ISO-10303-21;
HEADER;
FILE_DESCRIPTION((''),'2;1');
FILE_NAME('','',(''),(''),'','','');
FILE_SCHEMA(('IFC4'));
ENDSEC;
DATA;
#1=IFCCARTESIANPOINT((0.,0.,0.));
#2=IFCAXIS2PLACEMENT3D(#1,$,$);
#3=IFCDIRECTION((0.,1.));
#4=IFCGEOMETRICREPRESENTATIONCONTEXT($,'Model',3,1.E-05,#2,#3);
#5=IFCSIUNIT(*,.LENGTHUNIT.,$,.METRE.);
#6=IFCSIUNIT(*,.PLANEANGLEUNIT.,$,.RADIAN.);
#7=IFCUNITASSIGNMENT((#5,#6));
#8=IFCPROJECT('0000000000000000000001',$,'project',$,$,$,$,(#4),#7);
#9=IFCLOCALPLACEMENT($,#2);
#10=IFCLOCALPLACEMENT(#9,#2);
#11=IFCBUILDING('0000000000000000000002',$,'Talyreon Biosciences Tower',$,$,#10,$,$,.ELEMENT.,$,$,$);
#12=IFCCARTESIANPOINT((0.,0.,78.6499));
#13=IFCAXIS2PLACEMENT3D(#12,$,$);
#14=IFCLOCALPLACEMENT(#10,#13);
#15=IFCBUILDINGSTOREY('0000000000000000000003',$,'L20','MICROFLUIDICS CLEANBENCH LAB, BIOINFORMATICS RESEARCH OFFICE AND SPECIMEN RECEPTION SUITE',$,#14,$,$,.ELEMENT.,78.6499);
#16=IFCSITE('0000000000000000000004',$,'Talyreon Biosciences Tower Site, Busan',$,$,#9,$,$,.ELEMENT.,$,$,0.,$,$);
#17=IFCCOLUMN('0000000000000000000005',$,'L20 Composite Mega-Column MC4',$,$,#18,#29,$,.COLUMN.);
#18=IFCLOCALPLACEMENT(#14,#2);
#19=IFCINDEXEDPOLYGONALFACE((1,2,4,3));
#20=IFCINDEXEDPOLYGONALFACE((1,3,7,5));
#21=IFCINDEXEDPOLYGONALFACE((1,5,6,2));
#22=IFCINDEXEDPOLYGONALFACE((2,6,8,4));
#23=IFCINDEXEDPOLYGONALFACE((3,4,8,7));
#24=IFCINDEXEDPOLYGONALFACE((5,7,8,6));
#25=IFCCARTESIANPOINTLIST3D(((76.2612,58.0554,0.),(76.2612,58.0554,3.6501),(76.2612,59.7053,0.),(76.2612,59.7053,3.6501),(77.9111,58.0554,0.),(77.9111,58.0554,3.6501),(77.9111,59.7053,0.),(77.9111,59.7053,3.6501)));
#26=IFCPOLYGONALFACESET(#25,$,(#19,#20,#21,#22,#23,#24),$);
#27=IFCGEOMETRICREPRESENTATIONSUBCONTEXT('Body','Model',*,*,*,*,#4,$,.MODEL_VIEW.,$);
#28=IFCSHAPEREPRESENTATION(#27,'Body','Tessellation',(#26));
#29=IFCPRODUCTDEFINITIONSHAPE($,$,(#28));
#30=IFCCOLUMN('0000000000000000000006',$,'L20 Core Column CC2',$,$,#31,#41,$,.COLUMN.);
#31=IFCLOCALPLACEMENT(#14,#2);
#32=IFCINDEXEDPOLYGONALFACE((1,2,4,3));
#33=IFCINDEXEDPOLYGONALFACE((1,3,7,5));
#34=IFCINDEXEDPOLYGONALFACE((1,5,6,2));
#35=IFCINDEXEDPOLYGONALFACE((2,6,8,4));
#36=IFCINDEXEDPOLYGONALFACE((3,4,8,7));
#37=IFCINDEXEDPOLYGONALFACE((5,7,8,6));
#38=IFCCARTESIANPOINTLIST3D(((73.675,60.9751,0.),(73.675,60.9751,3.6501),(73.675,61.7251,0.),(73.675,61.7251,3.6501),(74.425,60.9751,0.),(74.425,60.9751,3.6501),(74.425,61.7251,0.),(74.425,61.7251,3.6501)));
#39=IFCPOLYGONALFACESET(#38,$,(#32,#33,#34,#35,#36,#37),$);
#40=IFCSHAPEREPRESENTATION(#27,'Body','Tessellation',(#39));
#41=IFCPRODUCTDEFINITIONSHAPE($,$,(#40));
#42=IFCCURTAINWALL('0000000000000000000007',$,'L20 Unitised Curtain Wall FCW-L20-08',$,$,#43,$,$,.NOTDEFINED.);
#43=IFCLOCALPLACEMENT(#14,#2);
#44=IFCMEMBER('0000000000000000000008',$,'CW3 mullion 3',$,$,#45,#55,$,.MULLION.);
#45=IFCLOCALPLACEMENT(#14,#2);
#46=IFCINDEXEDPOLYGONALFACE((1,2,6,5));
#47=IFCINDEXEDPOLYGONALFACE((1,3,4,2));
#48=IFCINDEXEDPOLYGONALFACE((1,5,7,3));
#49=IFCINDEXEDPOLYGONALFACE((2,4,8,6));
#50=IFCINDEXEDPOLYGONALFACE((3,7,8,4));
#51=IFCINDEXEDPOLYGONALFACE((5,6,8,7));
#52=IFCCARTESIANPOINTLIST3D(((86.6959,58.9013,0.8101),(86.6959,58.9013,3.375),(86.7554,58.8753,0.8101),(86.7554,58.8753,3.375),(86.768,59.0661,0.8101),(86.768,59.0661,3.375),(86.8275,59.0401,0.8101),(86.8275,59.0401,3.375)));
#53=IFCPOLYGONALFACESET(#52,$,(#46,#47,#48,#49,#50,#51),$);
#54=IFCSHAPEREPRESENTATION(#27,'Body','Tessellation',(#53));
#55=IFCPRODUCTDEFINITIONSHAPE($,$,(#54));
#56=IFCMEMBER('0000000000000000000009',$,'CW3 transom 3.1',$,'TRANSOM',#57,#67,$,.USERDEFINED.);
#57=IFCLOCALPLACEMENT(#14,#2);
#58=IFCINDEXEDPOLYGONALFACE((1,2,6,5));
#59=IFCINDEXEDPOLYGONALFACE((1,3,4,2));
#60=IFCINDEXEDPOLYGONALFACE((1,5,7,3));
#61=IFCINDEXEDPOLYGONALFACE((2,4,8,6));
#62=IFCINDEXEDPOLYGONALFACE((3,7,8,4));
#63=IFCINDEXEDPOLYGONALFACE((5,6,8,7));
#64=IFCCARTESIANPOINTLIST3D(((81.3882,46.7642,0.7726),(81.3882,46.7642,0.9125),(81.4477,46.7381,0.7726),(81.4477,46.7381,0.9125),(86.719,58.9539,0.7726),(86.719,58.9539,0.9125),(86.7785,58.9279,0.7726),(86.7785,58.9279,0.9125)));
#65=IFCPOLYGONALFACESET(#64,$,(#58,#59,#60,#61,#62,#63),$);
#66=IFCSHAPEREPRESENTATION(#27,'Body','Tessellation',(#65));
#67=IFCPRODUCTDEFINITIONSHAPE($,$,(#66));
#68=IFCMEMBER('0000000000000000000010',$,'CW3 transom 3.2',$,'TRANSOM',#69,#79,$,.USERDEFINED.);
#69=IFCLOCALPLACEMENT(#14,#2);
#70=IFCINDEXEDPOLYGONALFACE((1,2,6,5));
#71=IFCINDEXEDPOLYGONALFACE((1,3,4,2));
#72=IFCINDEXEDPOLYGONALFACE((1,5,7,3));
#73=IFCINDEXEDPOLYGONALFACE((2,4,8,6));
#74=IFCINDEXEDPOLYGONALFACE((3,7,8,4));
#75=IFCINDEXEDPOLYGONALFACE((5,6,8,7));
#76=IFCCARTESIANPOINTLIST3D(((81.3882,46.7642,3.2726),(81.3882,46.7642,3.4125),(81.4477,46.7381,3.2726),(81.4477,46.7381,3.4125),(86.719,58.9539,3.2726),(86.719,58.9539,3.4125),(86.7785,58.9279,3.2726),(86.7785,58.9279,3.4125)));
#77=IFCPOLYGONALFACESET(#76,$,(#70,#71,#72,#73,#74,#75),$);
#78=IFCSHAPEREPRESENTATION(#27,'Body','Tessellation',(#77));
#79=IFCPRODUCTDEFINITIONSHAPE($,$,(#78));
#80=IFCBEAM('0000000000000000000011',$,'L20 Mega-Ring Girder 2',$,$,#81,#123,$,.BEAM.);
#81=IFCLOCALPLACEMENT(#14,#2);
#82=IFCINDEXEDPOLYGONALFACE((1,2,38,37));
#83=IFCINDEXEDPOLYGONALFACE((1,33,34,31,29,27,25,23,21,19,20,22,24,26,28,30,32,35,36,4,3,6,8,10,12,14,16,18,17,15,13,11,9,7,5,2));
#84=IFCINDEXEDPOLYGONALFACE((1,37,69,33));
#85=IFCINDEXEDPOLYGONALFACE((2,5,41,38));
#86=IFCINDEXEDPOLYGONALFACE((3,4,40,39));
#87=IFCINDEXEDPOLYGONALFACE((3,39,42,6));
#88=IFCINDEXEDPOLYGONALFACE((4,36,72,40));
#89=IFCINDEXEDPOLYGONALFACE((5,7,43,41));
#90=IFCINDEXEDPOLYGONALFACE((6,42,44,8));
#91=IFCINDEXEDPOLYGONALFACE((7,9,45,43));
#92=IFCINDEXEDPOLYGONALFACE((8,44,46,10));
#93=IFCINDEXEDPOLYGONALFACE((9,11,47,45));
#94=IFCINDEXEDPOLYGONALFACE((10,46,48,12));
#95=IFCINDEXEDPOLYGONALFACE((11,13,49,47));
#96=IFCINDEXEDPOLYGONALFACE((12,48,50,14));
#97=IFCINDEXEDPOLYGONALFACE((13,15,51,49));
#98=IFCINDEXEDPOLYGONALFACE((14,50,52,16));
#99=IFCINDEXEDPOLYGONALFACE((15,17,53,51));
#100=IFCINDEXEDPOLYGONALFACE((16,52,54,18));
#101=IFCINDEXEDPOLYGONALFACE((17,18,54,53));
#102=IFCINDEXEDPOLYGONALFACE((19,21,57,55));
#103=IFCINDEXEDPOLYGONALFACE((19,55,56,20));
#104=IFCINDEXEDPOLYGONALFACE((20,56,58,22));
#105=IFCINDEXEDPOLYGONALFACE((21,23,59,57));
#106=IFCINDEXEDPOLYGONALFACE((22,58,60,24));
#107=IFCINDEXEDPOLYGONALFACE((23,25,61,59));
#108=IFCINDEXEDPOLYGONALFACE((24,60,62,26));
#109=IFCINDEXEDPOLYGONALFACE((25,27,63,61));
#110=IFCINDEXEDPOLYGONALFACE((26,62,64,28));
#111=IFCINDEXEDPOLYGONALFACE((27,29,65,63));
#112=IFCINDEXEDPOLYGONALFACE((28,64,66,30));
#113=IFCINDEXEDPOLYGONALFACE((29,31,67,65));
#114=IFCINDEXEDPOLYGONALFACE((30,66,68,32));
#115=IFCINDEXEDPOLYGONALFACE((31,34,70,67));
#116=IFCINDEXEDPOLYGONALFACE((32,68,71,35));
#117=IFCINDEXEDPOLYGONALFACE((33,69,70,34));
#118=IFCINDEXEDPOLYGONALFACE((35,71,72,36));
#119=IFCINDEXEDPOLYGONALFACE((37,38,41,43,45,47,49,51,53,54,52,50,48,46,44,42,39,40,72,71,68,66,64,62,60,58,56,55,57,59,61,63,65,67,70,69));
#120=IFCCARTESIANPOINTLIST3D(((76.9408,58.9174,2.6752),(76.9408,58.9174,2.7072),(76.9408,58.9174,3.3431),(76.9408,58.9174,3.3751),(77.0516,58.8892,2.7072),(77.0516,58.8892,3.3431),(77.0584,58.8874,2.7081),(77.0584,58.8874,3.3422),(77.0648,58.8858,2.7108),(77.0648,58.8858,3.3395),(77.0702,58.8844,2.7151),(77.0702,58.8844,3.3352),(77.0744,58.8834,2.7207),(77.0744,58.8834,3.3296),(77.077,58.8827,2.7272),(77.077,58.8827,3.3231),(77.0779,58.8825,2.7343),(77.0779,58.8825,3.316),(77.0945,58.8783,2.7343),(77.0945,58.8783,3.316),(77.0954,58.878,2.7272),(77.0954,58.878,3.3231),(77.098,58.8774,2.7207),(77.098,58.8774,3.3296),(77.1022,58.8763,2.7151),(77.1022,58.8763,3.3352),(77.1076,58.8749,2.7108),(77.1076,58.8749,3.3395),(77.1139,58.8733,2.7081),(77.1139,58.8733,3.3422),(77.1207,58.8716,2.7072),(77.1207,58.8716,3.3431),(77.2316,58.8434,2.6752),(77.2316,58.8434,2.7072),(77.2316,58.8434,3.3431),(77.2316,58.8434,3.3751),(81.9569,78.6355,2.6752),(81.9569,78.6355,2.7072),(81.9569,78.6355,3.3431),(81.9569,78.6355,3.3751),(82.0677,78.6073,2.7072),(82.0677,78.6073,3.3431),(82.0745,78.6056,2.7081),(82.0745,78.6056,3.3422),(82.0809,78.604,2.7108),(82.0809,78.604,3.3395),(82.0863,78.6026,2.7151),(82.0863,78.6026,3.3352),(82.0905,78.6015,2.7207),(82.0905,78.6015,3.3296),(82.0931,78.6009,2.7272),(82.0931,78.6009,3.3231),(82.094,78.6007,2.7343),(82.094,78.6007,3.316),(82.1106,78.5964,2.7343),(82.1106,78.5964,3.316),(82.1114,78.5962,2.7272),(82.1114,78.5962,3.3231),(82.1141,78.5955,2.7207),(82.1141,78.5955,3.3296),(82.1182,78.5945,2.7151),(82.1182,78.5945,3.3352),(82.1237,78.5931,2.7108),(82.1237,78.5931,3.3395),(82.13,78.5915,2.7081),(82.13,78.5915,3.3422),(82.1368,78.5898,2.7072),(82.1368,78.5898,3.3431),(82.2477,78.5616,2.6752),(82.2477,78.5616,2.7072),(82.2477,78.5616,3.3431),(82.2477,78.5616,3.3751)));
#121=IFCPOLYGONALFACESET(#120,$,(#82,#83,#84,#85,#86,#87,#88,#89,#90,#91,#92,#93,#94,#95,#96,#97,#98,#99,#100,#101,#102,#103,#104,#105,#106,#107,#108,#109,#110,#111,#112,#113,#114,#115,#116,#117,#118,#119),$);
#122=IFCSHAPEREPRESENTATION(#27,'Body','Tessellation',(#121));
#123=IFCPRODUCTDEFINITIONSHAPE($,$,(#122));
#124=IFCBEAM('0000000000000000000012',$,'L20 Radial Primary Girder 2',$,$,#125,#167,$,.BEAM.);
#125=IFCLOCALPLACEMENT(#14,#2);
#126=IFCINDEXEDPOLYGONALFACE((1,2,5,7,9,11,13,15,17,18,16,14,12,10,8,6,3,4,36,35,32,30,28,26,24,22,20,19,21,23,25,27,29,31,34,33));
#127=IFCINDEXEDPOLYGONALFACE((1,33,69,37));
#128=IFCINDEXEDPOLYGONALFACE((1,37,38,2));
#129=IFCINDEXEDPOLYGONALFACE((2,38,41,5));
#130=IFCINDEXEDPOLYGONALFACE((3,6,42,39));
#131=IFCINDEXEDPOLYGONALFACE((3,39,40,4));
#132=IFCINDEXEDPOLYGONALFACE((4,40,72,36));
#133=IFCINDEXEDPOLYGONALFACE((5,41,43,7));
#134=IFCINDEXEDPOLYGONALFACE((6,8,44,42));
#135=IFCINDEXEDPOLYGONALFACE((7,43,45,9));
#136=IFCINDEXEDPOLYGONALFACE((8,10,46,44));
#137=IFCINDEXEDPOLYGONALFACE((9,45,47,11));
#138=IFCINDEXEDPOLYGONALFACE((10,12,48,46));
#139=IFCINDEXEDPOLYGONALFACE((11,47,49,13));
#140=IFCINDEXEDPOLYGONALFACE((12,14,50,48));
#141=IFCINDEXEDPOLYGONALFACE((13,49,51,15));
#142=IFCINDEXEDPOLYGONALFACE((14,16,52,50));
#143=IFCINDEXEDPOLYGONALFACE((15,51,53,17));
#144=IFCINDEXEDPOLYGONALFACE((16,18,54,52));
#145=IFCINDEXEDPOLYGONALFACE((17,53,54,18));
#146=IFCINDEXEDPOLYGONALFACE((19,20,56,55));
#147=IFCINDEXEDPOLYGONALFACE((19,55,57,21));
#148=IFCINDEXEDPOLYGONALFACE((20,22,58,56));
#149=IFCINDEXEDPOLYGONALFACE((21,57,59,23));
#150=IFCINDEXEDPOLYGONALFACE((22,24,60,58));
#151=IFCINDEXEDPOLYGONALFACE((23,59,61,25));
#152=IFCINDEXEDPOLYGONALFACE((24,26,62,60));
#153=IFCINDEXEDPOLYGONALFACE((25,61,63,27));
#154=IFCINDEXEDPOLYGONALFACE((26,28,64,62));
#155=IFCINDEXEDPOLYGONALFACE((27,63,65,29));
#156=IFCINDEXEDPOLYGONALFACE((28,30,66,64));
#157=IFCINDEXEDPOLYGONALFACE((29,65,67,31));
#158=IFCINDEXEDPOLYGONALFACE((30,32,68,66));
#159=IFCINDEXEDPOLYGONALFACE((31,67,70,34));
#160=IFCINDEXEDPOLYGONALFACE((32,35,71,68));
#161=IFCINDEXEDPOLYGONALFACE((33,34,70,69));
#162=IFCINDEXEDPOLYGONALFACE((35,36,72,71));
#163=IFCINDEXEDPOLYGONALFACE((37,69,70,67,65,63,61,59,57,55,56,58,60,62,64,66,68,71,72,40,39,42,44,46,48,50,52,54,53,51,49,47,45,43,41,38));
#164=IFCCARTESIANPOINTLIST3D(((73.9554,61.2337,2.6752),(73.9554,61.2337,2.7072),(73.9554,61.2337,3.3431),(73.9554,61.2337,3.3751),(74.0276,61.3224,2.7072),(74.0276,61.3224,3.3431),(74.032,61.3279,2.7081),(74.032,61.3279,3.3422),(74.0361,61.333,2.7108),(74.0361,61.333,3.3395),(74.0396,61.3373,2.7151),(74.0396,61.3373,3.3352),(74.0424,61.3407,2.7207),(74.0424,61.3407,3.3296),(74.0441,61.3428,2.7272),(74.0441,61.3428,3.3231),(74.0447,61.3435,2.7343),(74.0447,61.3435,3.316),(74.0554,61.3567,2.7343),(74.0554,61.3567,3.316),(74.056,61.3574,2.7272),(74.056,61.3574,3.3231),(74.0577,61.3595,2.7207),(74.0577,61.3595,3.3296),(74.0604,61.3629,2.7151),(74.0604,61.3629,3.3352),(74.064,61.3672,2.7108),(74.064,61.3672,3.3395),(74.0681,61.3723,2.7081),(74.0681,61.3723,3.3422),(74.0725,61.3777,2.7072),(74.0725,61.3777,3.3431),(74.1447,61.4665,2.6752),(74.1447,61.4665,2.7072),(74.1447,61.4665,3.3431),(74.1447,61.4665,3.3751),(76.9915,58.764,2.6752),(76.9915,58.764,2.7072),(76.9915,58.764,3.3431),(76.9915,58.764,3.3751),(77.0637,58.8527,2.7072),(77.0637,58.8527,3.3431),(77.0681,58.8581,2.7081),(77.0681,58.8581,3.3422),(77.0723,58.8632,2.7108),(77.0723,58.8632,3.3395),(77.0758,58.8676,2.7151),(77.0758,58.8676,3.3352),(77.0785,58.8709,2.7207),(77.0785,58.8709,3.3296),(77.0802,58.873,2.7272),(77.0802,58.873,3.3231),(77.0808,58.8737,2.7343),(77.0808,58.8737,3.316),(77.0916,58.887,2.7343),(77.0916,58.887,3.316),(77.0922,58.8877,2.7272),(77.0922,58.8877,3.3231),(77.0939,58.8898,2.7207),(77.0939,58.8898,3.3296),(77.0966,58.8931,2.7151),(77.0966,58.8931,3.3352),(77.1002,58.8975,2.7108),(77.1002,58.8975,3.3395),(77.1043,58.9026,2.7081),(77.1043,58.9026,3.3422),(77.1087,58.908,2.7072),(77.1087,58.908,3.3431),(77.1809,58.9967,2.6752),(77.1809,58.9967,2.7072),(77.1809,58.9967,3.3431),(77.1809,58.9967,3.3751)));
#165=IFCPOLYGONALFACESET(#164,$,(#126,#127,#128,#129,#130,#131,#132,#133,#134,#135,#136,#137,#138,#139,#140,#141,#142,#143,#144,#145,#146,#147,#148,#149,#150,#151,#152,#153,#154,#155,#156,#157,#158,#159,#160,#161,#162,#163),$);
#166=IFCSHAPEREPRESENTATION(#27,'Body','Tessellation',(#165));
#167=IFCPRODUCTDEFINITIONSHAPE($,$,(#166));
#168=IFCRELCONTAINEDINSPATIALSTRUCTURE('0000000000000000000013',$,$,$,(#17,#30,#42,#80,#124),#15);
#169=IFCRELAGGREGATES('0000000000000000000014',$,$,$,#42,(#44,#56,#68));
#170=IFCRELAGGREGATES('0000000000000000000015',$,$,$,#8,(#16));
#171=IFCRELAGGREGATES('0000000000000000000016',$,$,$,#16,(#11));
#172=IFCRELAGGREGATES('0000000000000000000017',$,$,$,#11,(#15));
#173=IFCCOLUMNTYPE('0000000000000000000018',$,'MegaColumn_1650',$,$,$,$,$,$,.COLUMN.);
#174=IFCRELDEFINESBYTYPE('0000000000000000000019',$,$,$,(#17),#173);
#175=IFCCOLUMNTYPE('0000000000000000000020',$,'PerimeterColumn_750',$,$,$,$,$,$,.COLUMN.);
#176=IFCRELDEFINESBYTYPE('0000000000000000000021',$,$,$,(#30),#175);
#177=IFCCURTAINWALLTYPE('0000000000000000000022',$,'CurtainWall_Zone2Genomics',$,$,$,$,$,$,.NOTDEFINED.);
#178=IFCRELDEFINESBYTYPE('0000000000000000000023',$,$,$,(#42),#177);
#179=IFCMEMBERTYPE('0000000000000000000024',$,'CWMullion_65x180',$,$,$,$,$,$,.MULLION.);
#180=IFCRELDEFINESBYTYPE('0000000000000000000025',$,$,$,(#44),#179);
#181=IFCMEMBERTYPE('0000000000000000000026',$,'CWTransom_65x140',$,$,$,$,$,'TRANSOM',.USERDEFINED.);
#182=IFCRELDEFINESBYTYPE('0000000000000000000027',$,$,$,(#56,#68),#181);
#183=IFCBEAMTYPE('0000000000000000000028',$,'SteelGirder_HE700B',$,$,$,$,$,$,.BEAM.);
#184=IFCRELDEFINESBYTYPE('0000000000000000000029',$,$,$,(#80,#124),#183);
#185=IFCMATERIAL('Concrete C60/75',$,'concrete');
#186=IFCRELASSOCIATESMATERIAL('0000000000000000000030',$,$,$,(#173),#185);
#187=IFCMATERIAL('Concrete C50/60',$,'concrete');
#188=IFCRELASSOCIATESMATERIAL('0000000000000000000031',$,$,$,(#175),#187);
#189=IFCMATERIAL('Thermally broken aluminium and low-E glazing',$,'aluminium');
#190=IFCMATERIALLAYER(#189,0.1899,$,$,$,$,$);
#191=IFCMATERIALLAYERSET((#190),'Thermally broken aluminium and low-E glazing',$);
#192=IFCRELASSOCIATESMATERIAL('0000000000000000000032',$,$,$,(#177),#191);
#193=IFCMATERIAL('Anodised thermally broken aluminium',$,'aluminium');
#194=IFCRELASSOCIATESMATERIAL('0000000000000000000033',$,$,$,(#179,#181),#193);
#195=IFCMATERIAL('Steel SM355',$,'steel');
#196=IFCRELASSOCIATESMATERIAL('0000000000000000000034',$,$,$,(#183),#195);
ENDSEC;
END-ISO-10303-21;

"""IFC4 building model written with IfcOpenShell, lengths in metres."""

from ifc_helpers import new_model, si_unit, direction, frame, origin, origin_2d, place, context, subcontext, project, spatial, rectangle, i_section, extrude, material, layer, layer_set, material_profile, profile_set, type_object, element, aggregate, save


model = new_model("IFC4")

# Units and contexts
model_context = context("Model", 3, precision=1e-05, world=origin(), true_north=direction((0.0, 1.0)))
body_context = subcontext(model_context, "Body", "Model", "MODEL_VIEW")
ifc_project = project(units=[si_unit("LENGTHUNIT", "METRE"), si_unit("PLANEANGLEUNIT", "RADIAN")], contexts=[model_context])

# Site, building, storey
site_placement = place(None, origin())
site = spatial("IfcSite", under=ifc_project, at=site_placement, Name="Talyreon Biosciences Tower Site, Busan", CompositionType="ELEMENT", RefElevation=0.0)
building_placement = place(site_placement, origin())
building = spatial("IfcBuilding", under=site, at=building_placement, Name="Talyreon Biosciences Tower", CompositionType="ELEMENT")
storey_placement = place(building_placement, frame((0.0, 0.0, 78.6499)))
storey = spatial("IfcBuildingStorey", under=building, at=storey_placement, Name="L20", Description="MICROFLUIDICS CLEANBENCH LAB, BIOINFORMATICS RESEARCH OFFICE AND SPECIMEN RECEPTION SUITE", CompositionType="ELEMENT", Elevation=78.6499)

# Columns
ifc_material_1 = material(Name="Concrete C60/75", Category="concrete")
ifc_material_profile_1 = material_profile(ifc_material_1, rectangle(XDim=1.6499, YDim=1.6499, at=origin_2d()), Name="RC 1650x1650")
ifc_profile_set_1 = profile_set([ifc_material_profile_1], Name="Concrete C60/75")
column_type_1 = type_object("IfcColumnType", Name="MegaColumn_1650", PredefinedType="COLUMN", material=ifc_profile_set_1)
column_1_placement = place(storey_placement, frame((77.0862, 58.8804, 0.0), z_axis=(0.0, 0.0, 1.0), x_axis=(1.0, 0.0, 0.0)))
element("IfcColumn", 1, at=column_1_placement, inside=storey, type_object=column_type_1, Name="L20 Composite Mega-Column MC4", PredefinedType="COLUMN", context=body_context, shape_type="SweptSolid", body=[
    extrude(rectangle(XDim=1.6499, YDim=1.6499, at=origin_2d()), origin(), (0.0, 0.0, 1.0), 3.6501),
])
ifc_material_2 = material(Name="Concrete C50/60", Category="concrete")
ifc_material_profile_2 = material_profile(ifc_material_2, rectangle(XDim=0.75, YDim=0.75, at=origin_2d()), Name="RC 750x750")
ifc_profile_set_2 = profile_set([ifc_material_profile_2], Name="Concrete C50/60")
column_type_2 = type_object("IfcColumnType", Name="PerimeterColumn_750", PredefinedType="COLUMN", material=ifc_profile_set_2)
column_2_placement = place(storey_placement, frame((74.05, 61.3501, 0.0), z_axis=(0.0, 0.0, 1.0), x_axis=(1.0, 0.0, 0.0)))
element("IfcColumn", 2, at=column_2_placement, inside=storey, type_object=column_type_2, Name="L20 Core Column CC2", PredefinedType="COLUMN", context=body_context, shape_type="SweptSolid", body=[
    extrude(rectangle(XDim=0.75, YDim=0.75, at=origin_2d()), origin(), (0.0, 0.0, 1.0), 3.6501),
])

# Curtain wall, members
ifc_material_3 = material(Name="Thermally broken aluminium and low-E glazing", Category="aluminium")
ifc_layer_1 = layer(ifc_material_3, 0.1899)
ifc_layer_set_1 = layer_set([ifc_layer_1], Name="Thermally broken aluminium and low-E glazing")
curtain_wall_type = type_object("IfcCurtainWallType", Name="CurtainWall_Zone2Genomics", PredefinedType="NOTDEFINED", material=ifc_layer_set_1)
curtain_wall_placement = place(storey_placement, origin())
curtain_wall = element("IfcCurtainWall", 3, at=curtain_wall_placement, inside=storey, type_object=curtain_wall_type, Name="L20 Unitised Curtain Wall FCW-L20-08", PredefinedType="NOTDEFINED")
ifc_material_4 = material(Name="Anodised thermally broken aluminium", Category="aluminium")
ifc_material_profile_3 = material_profile(ifc_material_4, rectangle(XDim=0.0649, YDim=0.1799, at=origin_2d()), Name="ALUM MULLION 65x180")
ifc_profile_set_3 = profile_set([ifc_material_profile_3], Name="Anodised thermally broken aluminium")
member_type_1 = type_object("IfcMemberType", Name="CWMullion_65x180", PredefinedType="MULLION", material=ifc_profile_set_3)
member_1_placement = place(storey_placement, frame((86.7617, 58.9707, 0.8101), z_axis=(0.0, 0.0, 1.0), x_axis=(0.916214, -0.400689, 0.0)))
member_1 = element("IfcMember", 4, at=member_1_placement, type_object=member_type_1, Name="CW3 mullion 3", PredefinedType="MULLION", context=body_context, shape_type="SweptSolid", body=[
    extrude(rectangle(XDim=0.0649, YDim=0.1799, at=origin_2d()), origin(), (0.0, 0.0, 1.0), 2.5649),
])
ifc_material_profile_4 = material_profile(ifc_material_4, rectangle(XDim=0.0649, YDim=0.1399, at=origin_2d()), Name="ALUM TRANSOM 65x140")
ifc_profile_set_4 = profile_set([ifc_material_profile_4], Name="Anodised thermally broken aluminium")
member_type_2 = type_object("IfcMemberType", Name="CWTransom_65x140", ElementType="TRANSOM", PredefinedType="USERDEFINED", material=ifc_profile_set_4)
member_2_placement = place(storey_placement, frame((86.7488, 58.9409, 0.8425), z_axis=(-0.400681, -0.916218, 0.0), x_axis=(0.916218, -0.400681, 0.0)))
member_2 = element("IfcMember", 5, at=member_2_placement, type_object=member_type_2, Name="CW3 transom 3.1", ObjectType="TRANSOM", PredefinedType="USERDEFINED", context=body_context, shape_type="SweptSolid", body=[
    extrude(rectangle(XDim=0.0649, YDim=0.1399, at=origin_2d()), origin(), (0.0, 0.0, 1.0), 13.3044),
])
member_3_placement = place(storey_placement, frame((86.7488, 58.9409, 3.3425), z_axis=(-0.400681, -0.916218, 0.0), x_axis=(0.916218, -0.400681, 0.0)))
member_3 = element("IfcMember", 6, at=member_3_placement, type_object=member_type_2, Name="CW3 transom 3.2", ObjectType="TRANSOM", PredefinedType="USERDEFINED", context=body_context, shape_type="SweptSolid", body=[
    extrude(rectangle(XDim=0.0649, YDim=0.1399, at=origin_2d()), origin(), (0.0, 0.0, 1.0), 13.3044),
])

# Beams
ifc_material_5 = material(Name="Steel SM355", Category="steel")
ifc_material_profile_5 = material_profile(ifc_material_5, i_section(OverallWidth=0.3, OverallDepth=0.7, WebThickness=0.0171, FlangeThickness=0.032, FilletRadius=0.0271, at=origin_2d()), Name="HE700B")
ifc_profile_set_5 = profile_set([ifc_material_profile_5], Name="Steel SM355")
beam_type_1 = type_object("IfcBeamType", Name="SteelGirder_HE700B", PredefinedType="BEAM", material=ifc_profile_set_5)
beam_1_placement = place(storey_placement, frame((77.0862, 58.8804, 3.0251), z_axis=(0.246537, 0.969133, 0.0), x_axis=(-0.969133, 0.246537, 0.0)))
element("IfcBeam", 7, at=beam_1_placement, inside=storey, type_object=beam_type_1, Name="L20 Mega-Ring Girder 2", PredefinedType="BEAM", context=body_context, shape_type="SweptSolid", body=[
    extrude(i_section(OverallWidth=0.3, OverallDepth=0.7, WebThickness=0.0171, FlangeThickness=0.032, FilletRadius=0.0271, at=origin_2d()), origin(), (0.0, 0.0, 1.0), 20.3462),
])
beam_2_placement = place(storey_placement, frame((74.05, 61.3501, 3.0251), z_axis=(0.775755, -0.631034, 0.0), x_axis=(0.631034, 0.775755, 0.0)))
element("IfcBeam", 8, at=beam_2_placement, inside=storey, type_object=beam_type_1, Name="L20 Radial Primary Girder 2", PredefinedType="BEAM", context=body_context, shape_type="SweptSolid", body=[
    extrude(i_section(OverallWidth=0.3, OverallDepth=0.7, WebThickness=0.0171, FlangeThickness=0.032, FilletRadius=0.0271, at=origin_2d()), origin(), (0.0, 0.0, 1.0), 3.9138),
])

aggregate(curtain_wall, [member_1, member_2, member_3])

save(model, "model.ifc")
